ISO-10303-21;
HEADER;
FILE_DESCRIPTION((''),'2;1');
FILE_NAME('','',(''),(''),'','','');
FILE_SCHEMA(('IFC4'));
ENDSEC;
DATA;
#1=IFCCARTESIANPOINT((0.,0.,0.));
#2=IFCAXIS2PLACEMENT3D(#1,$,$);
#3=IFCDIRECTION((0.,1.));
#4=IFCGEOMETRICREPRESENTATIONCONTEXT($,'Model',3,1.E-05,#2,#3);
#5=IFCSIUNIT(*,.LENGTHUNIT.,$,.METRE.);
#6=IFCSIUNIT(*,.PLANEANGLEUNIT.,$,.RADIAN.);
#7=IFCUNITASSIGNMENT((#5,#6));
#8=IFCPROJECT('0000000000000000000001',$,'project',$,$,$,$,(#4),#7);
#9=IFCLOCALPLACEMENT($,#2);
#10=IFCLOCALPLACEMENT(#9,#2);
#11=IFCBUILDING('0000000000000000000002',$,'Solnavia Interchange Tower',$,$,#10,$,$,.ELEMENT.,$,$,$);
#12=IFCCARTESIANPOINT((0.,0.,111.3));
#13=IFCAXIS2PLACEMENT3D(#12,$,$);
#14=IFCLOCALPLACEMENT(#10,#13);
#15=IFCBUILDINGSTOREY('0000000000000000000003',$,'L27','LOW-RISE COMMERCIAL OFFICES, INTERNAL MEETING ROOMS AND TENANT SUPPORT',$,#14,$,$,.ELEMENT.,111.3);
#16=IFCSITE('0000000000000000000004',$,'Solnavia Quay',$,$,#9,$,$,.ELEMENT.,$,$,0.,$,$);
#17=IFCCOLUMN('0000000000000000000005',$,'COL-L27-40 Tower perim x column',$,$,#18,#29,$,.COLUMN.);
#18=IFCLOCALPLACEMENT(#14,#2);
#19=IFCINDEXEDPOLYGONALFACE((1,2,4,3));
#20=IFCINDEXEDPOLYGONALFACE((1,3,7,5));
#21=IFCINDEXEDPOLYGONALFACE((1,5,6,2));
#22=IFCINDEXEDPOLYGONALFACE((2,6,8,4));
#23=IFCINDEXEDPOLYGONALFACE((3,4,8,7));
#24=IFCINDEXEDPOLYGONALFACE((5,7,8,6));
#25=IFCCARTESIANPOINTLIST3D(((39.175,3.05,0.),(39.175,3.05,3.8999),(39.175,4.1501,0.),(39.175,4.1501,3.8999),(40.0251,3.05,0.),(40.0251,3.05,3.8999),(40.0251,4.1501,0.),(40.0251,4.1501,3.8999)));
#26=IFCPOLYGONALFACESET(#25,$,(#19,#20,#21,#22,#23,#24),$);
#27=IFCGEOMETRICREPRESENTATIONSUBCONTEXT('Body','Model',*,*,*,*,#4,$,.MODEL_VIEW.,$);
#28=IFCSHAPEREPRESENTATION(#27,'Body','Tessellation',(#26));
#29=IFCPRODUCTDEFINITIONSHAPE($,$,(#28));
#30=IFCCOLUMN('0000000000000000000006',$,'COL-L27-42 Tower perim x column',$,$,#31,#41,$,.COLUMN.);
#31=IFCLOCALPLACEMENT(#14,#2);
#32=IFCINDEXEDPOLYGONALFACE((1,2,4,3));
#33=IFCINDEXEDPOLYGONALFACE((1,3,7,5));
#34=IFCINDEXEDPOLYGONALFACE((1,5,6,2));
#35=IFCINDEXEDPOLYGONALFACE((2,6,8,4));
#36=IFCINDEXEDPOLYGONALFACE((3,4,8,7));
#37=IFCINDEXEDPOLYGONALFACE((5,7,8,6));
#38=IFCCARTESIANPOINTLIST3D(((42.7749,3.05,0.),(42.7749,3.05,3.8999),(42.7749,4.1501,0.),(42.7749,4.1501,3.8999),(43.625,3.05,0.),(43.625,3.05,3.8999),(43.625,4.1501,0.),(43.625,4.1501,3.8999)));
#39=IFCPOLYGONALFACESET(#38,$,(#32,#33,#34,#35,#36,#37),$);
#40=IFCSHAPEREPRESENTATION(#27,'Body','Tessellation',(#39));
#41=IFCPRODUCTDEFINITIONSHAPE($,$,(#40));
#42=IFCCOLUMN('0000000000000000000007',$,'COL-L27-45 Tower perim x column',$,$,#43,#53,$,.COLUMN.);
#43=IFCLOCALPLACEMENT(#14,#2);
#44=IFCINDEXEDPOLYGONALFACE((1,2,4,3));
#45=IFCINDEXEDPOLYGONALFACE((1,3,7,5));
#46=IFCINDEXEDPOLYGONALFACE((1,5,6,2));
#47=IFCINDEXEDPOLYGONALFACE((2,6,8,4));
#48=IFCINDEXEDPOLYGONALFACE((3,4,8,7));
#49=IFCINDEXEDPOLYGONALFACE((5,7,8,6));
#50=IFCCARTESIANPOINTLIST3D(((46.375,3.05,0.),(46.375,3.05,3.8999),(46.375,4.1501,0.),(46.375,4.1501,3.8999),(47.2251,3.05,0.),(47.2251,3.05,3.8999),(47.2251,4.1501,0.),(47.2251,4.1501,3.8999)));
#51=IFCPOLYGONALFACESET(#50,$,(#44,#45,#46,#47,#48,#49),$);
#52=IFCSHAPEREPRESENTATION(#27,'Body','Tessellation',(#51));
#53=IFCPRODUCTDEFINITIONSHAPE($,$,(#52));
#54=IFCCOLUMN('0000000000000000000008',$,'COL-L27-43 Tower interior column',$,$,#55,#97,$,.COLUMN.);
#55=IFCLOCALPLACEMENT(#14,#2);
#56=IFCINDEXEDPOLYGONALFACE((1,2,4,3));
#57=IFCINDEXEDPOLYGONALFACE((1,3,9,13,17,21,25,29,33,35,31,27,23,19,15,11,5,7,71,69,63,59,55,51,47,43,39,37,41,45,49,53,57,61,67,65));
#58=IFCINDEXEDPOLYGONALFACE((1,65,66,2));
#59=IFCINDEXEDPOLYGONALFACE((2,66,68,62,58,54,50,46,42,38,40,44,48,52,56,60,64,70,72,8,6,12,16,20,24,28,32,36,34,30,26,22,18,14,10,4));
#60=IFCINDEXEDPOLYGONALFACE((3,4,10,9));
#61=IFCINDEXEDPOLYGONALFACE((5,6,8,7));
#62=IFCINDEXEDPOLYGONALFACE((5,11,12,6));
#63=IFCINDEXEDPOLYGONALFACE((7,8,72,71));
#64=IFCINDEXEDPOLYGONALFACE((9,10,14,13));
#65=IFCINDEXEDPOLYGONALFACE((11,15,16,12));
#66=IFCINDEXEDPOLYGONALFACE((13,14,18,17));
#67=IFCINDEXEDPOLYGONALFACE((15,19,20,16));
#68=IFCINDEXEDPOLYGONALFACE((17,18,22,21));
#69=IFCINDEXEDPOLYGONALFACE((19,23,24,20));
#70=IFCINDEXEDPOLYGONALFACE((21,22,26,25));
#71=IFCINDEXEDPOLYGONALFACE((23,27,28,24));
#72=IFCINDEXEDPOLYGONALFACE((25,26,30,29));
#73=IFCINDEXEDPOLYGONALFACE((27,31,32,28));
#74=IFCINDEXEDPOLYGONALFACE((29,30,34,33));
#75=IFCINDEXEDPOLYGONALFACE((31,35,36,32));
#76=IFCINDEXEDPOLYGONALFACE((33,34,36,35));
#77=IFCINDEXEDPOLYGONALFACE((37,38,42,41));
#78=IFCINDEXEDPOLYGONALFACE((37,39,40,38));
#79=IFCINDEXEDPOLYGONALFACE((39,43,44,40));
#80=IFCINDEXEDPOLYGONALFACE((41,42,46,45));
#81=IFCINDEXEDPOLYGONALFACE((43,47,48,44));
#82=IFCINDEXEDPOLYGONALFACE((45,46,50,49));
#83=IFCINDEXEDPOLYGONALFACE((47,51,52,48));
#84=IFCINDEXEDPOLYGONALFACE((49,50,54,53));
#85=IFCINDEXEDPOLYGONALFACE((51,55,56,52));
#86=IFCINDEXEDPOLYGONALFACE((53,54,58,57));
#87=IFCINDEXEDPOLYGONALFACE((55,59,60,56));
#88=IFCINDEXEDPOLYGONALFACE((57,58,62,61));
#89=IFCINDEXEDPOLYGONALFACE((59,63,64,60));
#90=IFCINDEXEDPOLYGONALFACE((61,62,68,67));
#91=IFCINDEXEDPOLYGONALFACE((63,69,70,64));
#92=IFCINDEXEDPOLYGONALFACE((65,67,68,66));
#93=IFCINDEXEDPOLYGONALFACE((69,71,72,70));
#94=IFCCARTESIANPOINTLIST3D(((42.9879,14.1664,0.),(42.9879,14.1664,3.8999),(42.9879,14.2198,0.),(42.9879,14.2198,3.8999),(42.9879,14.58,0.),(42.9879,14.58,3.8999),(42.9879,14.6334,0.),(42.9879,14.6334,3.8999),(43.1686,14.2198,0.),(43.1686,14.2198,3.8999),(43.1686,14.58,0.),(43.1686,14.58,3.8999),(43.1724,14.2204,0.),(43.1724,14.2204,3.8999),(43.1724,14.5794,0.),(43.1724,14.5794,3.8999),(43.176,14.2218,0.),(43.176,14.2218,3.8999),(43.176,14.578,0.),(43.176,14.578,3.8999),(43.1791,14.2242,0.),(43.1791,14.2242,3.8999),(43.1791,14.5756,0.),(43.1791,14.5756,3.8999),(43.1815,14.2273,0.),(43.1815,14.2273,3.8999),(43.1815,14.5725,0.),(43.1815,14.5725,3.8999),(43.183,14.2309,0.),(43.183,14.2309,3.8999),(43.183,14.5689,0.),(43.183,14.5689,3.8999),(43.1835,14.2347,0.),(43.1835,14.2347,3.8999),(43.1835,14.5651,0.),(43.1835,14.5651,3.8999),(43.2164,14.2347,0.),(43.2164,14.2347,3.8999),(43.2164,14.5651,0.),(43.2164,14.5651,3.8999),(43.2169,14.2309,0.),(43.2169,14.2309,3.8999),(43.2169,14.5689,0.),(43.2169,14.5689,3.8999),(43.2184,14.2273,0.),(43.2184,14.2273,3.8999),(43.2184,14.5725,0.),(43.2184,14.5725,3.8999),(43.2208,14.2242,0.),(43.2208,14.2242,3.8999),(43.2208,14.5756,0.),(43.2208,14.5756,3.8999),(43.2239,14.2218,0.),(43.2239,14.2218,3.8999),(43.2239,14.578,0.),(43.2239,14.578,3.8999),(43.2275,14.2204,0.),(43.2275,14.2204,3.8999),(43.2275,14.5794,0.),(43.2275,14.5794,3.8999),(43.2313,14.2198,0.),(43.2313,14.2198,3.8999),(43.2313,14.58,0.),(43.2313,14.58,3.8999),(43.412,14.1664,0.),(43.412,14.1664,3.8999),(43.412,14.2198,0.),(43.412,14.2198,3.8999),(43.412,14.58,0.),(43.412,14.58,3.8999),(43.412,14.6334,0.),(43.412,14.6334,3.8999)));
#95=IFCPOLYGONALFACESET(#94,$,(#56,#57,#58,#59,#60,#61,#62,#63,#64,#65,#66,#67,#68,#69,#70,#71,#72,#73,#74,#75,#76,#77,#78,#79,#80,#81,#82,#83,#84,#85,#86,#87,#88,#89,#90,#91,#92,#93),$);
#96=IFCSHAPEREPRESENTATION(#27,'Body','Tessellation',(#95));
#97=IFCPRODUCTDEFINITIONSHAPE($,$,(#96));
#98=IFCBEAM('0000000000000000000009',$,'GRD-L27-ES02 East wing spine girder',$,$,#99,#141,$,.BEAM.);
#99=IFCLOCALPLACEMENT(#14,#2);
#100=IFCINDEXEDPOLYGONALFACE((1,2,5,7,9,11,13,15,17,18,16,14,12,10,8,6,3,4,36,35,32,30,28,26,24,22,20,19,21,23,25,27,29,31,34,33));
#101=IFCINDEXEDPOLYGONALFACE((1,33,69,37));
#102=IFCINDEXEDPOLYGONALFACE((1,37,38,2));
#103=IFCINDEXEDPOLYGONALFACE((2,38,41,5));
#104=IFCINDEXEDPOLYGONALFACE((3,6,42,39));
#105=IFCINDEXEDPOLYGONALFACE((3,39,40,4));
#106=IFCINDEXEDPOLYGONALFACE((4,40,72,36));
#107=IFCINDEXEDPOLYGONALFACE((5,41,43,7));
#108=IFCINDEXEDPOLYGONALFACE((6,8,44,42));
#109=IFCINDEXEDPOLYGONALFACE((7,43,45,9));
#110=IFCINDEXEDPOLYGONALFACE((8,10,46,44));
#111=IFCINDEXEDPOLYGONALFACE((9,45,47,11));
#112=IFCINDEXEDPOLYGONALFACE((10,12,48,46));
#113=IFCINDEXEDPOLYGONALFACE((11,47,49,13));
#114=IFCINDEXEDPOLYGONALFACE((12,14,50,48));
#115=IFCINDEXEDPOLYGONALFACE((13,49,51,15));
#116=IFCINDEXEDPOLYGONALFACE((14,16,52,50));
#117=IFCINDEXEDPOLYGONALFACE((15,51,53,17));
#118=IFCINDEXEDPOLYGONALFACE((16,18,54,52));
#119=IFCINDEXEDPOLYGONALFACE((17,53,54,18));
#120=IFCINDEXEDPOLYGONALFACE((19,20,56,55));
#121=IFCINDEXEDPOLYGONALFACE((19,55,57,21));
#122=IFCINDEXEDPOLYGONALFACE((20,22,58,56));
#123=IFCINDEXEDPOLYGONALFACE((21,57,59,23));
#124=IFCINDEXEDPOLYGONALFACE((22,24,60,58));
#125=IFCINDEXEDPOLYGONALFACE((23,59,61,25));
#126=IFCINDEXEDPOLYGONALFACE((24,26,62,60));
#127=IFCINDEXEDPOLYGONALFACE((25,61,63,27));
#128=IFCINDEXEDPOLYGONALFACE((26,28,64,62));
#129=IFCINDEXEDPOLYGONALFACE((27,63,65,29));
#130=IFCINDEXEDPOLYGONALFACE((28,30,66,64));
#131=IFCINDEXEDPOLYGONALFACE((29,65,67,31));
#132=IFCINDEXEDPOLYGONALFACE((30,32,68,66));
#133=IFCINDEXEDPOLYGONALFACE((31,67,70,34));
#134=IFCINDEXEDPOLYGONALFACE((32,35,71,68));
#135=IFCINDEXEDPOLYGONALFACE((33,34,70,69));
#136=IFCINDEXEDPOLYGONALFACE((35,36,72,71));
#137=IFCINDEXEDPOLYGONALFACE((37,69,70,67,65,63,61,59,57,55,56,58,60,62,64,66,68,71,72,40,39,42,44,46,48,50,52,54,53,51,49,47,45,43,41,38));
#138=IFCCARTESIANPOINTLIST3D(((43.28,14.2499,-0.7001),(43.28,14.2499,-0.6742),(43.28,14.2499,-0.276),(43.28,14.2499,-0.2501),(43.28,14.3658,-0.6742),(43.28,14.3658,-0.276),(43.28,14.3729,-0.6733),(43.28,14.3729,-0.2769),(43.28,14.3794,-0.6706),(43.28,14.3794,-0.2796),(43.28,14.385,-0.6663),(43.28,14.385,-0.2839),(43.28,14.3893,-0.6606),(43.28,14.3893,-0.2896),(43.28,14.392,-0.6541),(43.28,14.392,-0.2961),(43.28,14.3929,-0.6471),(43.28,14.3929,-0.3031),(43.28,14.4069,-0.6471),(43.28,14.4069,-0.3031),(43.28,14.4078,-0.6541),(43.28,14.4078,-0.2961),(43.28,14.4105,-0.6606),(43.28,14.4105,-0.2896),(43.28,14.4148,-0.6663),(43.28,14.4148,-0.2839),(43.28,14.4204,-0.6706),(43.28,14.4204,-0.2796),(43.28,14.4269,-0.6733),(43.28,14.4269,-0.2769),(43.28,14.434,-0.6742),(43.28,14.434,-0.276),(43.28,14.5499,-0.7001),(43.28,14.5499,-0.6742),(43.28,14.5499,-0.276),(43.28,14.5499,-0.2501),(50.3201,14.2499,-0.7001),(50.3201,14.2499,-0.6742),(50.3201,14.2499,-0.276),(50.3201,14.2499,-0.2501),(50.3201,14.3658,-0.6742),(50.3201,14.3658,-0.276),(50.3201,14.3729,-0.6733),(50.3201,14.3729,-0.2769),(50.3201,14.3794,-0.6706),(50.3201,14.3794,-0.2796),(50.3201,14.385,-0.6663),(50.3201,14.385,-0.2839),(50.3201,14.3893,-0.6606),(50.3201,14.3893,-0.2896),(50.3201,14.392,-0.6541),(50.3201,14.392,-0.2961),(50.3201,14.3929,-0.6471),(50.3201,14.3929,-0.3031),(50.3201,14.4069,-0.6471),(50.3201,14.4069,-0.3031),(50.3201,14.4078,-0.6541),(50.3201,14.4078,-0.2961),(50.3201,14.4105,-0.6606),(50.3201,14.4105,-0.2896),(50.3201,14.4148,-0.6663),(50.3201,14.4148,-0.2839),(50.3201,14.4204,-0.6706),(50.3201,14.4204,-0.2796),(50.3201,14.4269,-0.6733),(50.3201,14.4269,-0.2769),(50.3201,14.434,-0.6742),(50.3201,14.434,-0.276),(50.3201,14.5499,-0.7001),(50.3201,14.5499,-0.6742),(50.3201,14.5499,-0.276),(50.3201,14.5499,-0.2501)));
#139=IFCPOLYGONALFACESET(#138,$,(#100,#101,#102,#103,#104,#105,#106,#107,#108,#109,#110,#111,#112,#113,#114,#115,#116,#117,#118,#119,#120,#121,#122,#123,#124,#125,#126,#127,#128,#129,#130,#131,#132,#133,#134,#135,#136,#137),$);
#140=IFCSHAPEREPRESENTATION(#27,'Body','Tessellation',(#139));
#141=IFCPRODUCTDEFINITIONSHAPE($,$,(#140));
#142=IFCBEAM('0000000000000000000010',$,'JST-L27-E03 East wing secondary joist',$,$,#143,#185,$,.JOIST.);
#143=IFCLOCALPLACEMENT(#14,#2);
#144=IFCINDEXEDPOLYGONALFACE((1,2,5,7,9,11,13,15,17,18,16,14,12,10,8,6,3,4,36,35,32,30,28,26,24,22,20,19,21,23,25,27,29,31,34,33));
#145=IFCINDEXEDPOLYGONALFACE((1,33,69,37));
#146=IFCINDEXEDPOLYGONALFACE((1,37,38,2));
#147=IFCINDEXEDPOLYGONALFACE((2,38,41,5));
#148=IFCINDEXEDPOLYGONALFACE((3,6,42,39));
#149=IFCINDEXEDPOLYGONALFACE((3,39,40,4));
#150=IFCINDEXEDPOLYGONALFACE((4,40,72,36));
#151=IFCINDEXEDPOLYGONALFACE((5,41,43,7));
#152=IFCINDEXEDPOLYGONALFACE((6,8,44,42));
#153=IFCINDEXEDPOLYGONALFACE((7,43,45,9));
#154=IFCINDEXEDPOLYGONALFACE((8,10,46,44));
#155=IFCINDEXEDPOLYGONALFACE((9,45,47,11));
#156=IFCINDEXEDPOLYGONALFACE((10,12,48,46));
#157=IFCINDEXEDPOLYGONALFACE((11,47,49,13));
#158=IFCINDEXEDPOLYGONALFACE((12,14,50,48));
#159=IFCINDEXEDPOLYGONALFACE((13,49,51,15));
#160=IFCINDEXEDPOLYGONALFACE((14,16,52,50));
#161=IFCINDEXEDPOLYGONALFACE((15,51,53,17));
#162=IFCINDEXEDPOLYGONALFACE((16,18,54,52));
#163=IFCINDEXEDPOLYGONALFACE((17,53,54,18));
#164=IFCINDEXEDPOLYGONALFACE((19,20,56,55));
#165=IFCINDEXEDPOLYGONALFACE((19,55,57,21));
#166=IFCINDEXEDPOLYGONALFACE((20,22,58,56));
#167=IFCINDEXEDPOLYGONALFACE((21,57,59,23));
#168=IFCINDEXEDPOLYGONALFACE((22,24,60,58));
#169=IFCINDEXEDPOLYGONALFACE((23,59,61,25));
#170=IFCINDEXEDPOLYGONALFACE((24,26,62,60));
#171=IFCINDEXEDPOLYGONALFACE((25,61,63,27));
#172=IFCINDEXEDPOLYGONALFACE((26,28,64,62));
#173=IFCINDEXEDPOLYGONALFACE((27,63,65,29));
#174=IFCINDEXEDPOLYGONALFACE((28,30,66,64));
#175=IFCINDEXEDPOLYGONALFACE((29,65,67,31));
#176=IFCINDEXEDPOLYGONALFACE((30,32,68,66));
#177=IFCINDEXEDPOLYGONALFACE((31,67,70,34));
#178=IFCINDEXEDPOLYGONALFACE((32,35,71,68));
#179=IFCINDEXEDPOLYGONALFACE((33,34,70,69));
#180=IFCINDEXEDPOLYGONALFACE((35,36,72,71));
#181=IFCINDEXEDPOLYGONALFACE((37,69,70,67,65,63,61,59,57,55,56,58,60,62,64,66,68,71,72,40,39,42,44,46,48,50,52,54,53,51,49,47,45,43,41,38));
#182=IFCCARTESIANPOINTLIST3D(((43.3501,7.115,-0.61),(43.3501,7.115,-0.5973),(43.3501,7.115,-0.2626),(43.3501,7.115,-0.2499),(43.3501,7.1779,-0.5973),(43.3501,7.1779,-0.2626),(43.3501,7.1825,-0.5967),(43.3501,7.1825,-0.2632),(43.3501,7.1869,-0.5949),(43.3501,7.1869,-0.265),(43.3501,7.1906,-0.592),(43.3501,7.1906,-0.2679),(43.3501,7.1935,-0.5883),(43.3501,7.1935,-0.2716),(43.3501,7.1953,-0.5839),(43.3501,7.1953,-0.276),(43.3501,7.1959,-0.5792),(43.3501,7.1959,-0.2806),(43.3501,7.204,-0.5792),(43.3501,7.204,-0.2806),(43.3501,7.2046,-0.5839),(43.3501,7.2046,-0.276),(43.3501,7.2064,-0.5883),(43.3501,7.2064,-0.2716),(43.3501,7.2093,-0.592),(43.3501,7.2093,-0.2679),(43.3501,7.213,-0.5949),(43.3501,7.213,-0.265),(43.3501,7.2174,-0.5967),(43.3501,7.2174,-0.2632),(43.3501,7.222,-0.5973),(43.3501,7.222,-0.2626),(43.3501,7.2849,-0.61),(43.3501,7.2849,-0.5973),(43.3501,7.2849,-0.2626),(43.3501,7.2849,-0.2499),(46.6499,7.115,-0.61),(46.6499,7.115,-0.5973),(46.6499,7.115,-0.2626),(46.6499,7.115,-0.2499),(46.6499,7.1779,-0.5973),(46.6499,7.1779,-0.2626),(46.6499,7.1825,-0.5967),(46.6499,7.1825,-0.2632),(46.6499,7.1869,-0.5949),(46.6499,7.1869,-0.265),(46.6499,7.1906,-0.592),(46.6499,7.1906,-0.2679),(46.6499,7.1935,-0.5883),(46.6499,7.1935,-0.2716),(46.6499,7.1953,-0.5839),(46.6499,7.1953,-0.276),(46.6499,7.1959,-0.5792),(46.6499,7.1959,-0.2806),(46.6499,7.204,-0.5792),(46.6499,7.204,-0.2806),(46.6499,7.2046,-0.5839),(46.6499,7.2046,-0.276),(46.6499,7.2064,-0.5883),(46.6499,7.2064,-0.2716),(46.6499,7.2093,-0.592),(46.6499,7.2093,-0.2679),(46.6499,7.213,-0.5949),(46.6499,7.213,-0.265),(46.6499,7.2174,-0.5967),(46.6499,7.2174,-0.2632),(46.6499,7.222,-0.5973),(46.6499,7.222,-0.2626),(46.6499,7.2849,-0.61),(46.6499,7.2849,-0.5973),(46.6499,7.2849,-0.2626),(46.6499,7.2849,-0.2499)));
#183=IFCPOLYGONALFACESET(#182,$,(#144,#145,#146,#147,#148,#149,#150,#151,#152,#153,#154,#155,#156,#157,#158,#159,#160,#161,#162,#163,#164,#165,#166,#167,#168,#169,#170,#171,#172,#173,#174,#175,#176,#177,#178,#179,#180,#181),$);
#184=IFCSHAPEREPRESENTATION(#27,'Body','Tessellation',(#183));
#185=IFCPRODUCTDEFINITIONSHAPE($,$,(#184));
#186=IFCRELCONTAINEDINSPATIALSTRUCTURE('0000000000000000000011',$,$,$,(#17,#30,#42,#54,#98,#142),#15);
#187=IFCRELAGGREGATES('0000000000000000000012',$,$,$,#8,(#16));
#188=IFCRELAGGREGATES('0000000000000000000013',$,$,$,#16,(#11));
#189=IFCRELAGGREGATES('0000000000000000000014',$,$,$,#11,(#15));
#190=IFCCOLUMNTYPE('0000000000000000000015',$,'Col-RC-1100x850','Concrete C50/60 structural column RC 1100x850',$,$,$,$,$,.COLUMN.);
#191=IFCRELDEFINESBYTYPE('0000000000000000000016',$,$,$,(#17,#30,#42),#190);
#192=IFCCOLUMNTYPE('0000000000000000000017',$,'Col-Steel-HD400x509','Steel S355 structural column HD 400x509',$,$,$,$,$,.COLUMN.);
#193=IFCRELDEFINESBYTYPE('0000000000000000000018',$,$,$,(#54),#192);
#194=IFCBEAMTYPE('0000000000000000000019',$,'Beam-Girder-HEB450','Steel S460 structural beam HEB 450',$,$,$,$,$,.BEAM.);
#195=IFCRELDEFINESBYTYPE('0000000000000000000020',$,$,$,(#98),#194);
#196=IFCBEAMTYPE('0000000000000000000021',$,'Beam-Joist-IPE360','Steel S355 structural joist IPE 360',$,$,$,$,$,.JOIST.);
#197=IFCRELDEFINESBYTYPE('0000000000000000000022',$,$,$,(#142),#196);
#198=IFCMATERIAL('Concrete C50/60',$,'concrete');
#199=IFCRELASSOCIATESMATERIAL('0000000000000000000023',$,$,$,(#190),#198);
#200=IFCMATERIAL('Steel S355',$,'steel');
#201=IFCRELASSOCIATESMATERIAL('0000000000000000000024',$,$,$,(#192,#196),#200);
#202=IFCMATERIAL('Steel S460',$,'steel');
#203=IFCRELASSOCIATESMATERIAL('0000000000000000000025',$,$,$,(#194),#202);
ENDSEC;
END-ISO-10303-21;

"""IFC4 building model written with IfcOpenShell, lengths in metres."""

from ifc_helpers import new_model, si_unit, direction, frame, origin, origin_2d, place, context, subcontext, project, spatial, rectangle, i_section, extrude, material, material_profile, profile_set, type_object, element, save


model = new_model("IFC4")

# Units and contexts
model_context = context("Model", 3, precision=1e-05, world=origin(), true_north=direction((0.0, 1.0)))
body_context = subcontext(model_context, "Body", "Model", "MODEL_VIEW")
ifc_project = project(units=[si_unit("LENGTHUNIT", "METRE"), si_unit("PLANEANGLEUNIT", "RADIAN")], contexts=[model_context])

# Site, building, storey
site_placement = place(None, origin())
site = spatial("IfcSite", under=ifc_project, at=site_placement, Name="Solnavia Quay", CompositionType="ELEMENT", RefElevation=0.0)
building_placement = place(site_placement, origin())
building = spatial("IfcBuilding", under=site, at=building_placement, Name="Solnavia Interchange Tower", CompositionType="ELEMENT")
storey_placement = place(building_placement, frame((0.0, 0.0, 111.3)))
storey = spatial("IfcBuildingStorey", under=building, at=storey_placement, Name="L27", Description="LOW-RISE COMMERCIAL OFFICES, INTERNAL MEETING ROOMS AND TENANT SUPPORT", CompositionType="ELEMENT", Elevation=111.3)

# Columns
ifc_material_1 = material(Name="Concrete C50/60", Category="concrete")
ifc_material_profile_1 = material_profile(ifc_material_1, rectangle(XDim=0.8501, YDim=1.1001, at=origin_2d()), Name="RC 1100x850")
ifc_profile_set_1 = profile_set([ifc_material_profile_1], Name="Concrete C50/60")
column_type_1 = type_object("IfcColumnType", Name="Col-RC-1100x850", Description="Concrete C50/60 structural column RC 1100x850", PredefinedType="COLUMN", material=ifc_profile_set_1)
for number, where, z_axis, x_axis, name in (
    (1, (39.6001, 3.6001, 0.0), (0.0, 0.0, 1.0), (1.0, 0.0, 0.0), "COL-L27-40 Tower perim x column"),
    (2, (43.2, 3.6001, 0.0), (0.0, 0.0, 1.0), (1.0, 0.0, 0.0), "COL-L27-42 Tower perim x column"),
    (3, (46.8, 3.6001, 0.0), (0.0, 0.0, 1.0), (1.0, 0.0, 0.0), "COL-L27-45 Tower perim x column"),
):
    element("IfcColumn", number, at=place(storey_placement, frame(where, z_axis=z_axis, x_axis=x_axis)), inside=storey, type_object=column_type_1, Name=name, PredefinedType="COLUMN", context=body_context, shape_type="SweptSolid", body=[
        extrude(rectangle(XDim=0.8501, YDim=1.1001, at=origin_2d()), origin(), (0.0, 0.0, 1.0), 3.8999),
    ])
ifc_material_2 = material(Name="Steel S355", Category="steel")
ifc_material_profile_2 = material_profile(ifc_material_2, i_section(OverallWidth=0.4241, OverallDepth=0.467, WebThickness=0.033, FlangeThickness=0.0535, FilletRadius=0.0149, at=origin_2d()), Name="HD 400x509")
ifc_profile_set_2 = profile_set([ifc_material_profile_2], Name="Steel S355")
column_type_2 = type_object("IfcColumnType", Name="Col-Steel-HD400x509", Description="Steel S355 structural column HD 400x509", PredefinedType="COLUMN", material=ifc_profile_set_2)
column_placement = place(storey_placement, frame((43.2, 14.3999, 0.0), z_axis=(0.0, 0.0, 1.0), x_axis=(1.0, 0.0, 0.0)))
element("IfcColumn", 4, at=column_placement, inside=storey, type_object=column_type_2, Name="COL-L27-43 Tower interior column", PredefinedType="COLUMN", context=body_context, shape_type="SweptSolid", body=[
    extrude(i_section(OverallWidth=0.4241, OverallDepth=0.467, WebThickness=0.033, FlangeThickness=0.0535, FilletRadius=0.0149, at=origin_2d()), origin(), (0.0, 0.0, 1.0), 3.8999),
])

# Beams
ifc_material_3 = material(Name="Steel S460", Category="steel")
ifc_material_profile_3 = material_profile(ifc_material_3, i_section(OverallWidth=0.3, OverallDepth=0.45, WebThickness=0.0139, FlangeThickness=0.0259, FilletRadius=0.0271, at=origin_2d()), Name="HEB 450")
ifc_profile_set_3 = profile_set([ifc_material_profile_3], Name="Steel S460")
beam_type_1 = type_object("IfcBeamType", Name="Beam-Girder-HEB450", Description="Steel S460 structural beam HEB 450", PredefinedType="BEAM", material=ifc_profile_set_3)
beam_1_placement = place(storey_placement, frame((43.28, 14.3999, -0.4751), z_axis=(1.0, 0.0, 0.0), x_axis=(0.0, 1.0, 0.0)))
element("IfcBeam", 5, at=beam_1_placement, inside=storey, type_object=beam_type_1, Name="GRD-L27-ES02 East wing spine girder", PredefinedType="BEAM", context=body_context, shape_type="SweptSolid", body=[
    extrude(i_section(OverallWidth=0.3, OverallDepth=0.45, WebThickness=0.0139, FlangeThickness=0.0259, FilletRadius=0.0271, at=origin_2d()), origin(), (0.0, 0.0, 1.0), 7.04),
])
ifc_material_profile_4 = material_profile(ifc_material_2, i_section(OverallWidth=0.1699, OverallDepth=0.3601, WebThickness=0.0081, FlangeThickness=0.0127, FilletRadius=0.0181, at=origin_2d()), Name="IPE 360")
ifc_profile_set_4 = profile_set([ifc_material_profile_4], Name="Steel S355")
beam_type_2 = type_object("IfcBeamType", Name="Beam-Joist-IPE360", Description="Steel S355 structural joist IPE 360", PredefinedType="JOIST", material=ifc_profile_set_4)
beam_2_placement = place(storey_placement, frame((43.3501, 7.2, -0.4299), z_axis=(1.0, 0.0, 0.0), x_axis=(0.0, 1.0, 0.0)))
element("IfcBeam", 6, at=beam_2_placement, inside=storey, type_object=beam_type_2, Name="JST-L27-E03 East wing secondary joist", PredefinedType="JOIST", context=body_context, shape_type="SweptSolid", body=[
    extrude(i_section(OverallWidth=0.1699, OverallDepth=0.3601, WebThickness=0.0081, FlangeThickness=0.0127, FilletRadius=0.0181, at=origin_2d()), origin(), (0.0, 0.0, 1.0), 3.2998),
])

save(model, "model.ifc")
